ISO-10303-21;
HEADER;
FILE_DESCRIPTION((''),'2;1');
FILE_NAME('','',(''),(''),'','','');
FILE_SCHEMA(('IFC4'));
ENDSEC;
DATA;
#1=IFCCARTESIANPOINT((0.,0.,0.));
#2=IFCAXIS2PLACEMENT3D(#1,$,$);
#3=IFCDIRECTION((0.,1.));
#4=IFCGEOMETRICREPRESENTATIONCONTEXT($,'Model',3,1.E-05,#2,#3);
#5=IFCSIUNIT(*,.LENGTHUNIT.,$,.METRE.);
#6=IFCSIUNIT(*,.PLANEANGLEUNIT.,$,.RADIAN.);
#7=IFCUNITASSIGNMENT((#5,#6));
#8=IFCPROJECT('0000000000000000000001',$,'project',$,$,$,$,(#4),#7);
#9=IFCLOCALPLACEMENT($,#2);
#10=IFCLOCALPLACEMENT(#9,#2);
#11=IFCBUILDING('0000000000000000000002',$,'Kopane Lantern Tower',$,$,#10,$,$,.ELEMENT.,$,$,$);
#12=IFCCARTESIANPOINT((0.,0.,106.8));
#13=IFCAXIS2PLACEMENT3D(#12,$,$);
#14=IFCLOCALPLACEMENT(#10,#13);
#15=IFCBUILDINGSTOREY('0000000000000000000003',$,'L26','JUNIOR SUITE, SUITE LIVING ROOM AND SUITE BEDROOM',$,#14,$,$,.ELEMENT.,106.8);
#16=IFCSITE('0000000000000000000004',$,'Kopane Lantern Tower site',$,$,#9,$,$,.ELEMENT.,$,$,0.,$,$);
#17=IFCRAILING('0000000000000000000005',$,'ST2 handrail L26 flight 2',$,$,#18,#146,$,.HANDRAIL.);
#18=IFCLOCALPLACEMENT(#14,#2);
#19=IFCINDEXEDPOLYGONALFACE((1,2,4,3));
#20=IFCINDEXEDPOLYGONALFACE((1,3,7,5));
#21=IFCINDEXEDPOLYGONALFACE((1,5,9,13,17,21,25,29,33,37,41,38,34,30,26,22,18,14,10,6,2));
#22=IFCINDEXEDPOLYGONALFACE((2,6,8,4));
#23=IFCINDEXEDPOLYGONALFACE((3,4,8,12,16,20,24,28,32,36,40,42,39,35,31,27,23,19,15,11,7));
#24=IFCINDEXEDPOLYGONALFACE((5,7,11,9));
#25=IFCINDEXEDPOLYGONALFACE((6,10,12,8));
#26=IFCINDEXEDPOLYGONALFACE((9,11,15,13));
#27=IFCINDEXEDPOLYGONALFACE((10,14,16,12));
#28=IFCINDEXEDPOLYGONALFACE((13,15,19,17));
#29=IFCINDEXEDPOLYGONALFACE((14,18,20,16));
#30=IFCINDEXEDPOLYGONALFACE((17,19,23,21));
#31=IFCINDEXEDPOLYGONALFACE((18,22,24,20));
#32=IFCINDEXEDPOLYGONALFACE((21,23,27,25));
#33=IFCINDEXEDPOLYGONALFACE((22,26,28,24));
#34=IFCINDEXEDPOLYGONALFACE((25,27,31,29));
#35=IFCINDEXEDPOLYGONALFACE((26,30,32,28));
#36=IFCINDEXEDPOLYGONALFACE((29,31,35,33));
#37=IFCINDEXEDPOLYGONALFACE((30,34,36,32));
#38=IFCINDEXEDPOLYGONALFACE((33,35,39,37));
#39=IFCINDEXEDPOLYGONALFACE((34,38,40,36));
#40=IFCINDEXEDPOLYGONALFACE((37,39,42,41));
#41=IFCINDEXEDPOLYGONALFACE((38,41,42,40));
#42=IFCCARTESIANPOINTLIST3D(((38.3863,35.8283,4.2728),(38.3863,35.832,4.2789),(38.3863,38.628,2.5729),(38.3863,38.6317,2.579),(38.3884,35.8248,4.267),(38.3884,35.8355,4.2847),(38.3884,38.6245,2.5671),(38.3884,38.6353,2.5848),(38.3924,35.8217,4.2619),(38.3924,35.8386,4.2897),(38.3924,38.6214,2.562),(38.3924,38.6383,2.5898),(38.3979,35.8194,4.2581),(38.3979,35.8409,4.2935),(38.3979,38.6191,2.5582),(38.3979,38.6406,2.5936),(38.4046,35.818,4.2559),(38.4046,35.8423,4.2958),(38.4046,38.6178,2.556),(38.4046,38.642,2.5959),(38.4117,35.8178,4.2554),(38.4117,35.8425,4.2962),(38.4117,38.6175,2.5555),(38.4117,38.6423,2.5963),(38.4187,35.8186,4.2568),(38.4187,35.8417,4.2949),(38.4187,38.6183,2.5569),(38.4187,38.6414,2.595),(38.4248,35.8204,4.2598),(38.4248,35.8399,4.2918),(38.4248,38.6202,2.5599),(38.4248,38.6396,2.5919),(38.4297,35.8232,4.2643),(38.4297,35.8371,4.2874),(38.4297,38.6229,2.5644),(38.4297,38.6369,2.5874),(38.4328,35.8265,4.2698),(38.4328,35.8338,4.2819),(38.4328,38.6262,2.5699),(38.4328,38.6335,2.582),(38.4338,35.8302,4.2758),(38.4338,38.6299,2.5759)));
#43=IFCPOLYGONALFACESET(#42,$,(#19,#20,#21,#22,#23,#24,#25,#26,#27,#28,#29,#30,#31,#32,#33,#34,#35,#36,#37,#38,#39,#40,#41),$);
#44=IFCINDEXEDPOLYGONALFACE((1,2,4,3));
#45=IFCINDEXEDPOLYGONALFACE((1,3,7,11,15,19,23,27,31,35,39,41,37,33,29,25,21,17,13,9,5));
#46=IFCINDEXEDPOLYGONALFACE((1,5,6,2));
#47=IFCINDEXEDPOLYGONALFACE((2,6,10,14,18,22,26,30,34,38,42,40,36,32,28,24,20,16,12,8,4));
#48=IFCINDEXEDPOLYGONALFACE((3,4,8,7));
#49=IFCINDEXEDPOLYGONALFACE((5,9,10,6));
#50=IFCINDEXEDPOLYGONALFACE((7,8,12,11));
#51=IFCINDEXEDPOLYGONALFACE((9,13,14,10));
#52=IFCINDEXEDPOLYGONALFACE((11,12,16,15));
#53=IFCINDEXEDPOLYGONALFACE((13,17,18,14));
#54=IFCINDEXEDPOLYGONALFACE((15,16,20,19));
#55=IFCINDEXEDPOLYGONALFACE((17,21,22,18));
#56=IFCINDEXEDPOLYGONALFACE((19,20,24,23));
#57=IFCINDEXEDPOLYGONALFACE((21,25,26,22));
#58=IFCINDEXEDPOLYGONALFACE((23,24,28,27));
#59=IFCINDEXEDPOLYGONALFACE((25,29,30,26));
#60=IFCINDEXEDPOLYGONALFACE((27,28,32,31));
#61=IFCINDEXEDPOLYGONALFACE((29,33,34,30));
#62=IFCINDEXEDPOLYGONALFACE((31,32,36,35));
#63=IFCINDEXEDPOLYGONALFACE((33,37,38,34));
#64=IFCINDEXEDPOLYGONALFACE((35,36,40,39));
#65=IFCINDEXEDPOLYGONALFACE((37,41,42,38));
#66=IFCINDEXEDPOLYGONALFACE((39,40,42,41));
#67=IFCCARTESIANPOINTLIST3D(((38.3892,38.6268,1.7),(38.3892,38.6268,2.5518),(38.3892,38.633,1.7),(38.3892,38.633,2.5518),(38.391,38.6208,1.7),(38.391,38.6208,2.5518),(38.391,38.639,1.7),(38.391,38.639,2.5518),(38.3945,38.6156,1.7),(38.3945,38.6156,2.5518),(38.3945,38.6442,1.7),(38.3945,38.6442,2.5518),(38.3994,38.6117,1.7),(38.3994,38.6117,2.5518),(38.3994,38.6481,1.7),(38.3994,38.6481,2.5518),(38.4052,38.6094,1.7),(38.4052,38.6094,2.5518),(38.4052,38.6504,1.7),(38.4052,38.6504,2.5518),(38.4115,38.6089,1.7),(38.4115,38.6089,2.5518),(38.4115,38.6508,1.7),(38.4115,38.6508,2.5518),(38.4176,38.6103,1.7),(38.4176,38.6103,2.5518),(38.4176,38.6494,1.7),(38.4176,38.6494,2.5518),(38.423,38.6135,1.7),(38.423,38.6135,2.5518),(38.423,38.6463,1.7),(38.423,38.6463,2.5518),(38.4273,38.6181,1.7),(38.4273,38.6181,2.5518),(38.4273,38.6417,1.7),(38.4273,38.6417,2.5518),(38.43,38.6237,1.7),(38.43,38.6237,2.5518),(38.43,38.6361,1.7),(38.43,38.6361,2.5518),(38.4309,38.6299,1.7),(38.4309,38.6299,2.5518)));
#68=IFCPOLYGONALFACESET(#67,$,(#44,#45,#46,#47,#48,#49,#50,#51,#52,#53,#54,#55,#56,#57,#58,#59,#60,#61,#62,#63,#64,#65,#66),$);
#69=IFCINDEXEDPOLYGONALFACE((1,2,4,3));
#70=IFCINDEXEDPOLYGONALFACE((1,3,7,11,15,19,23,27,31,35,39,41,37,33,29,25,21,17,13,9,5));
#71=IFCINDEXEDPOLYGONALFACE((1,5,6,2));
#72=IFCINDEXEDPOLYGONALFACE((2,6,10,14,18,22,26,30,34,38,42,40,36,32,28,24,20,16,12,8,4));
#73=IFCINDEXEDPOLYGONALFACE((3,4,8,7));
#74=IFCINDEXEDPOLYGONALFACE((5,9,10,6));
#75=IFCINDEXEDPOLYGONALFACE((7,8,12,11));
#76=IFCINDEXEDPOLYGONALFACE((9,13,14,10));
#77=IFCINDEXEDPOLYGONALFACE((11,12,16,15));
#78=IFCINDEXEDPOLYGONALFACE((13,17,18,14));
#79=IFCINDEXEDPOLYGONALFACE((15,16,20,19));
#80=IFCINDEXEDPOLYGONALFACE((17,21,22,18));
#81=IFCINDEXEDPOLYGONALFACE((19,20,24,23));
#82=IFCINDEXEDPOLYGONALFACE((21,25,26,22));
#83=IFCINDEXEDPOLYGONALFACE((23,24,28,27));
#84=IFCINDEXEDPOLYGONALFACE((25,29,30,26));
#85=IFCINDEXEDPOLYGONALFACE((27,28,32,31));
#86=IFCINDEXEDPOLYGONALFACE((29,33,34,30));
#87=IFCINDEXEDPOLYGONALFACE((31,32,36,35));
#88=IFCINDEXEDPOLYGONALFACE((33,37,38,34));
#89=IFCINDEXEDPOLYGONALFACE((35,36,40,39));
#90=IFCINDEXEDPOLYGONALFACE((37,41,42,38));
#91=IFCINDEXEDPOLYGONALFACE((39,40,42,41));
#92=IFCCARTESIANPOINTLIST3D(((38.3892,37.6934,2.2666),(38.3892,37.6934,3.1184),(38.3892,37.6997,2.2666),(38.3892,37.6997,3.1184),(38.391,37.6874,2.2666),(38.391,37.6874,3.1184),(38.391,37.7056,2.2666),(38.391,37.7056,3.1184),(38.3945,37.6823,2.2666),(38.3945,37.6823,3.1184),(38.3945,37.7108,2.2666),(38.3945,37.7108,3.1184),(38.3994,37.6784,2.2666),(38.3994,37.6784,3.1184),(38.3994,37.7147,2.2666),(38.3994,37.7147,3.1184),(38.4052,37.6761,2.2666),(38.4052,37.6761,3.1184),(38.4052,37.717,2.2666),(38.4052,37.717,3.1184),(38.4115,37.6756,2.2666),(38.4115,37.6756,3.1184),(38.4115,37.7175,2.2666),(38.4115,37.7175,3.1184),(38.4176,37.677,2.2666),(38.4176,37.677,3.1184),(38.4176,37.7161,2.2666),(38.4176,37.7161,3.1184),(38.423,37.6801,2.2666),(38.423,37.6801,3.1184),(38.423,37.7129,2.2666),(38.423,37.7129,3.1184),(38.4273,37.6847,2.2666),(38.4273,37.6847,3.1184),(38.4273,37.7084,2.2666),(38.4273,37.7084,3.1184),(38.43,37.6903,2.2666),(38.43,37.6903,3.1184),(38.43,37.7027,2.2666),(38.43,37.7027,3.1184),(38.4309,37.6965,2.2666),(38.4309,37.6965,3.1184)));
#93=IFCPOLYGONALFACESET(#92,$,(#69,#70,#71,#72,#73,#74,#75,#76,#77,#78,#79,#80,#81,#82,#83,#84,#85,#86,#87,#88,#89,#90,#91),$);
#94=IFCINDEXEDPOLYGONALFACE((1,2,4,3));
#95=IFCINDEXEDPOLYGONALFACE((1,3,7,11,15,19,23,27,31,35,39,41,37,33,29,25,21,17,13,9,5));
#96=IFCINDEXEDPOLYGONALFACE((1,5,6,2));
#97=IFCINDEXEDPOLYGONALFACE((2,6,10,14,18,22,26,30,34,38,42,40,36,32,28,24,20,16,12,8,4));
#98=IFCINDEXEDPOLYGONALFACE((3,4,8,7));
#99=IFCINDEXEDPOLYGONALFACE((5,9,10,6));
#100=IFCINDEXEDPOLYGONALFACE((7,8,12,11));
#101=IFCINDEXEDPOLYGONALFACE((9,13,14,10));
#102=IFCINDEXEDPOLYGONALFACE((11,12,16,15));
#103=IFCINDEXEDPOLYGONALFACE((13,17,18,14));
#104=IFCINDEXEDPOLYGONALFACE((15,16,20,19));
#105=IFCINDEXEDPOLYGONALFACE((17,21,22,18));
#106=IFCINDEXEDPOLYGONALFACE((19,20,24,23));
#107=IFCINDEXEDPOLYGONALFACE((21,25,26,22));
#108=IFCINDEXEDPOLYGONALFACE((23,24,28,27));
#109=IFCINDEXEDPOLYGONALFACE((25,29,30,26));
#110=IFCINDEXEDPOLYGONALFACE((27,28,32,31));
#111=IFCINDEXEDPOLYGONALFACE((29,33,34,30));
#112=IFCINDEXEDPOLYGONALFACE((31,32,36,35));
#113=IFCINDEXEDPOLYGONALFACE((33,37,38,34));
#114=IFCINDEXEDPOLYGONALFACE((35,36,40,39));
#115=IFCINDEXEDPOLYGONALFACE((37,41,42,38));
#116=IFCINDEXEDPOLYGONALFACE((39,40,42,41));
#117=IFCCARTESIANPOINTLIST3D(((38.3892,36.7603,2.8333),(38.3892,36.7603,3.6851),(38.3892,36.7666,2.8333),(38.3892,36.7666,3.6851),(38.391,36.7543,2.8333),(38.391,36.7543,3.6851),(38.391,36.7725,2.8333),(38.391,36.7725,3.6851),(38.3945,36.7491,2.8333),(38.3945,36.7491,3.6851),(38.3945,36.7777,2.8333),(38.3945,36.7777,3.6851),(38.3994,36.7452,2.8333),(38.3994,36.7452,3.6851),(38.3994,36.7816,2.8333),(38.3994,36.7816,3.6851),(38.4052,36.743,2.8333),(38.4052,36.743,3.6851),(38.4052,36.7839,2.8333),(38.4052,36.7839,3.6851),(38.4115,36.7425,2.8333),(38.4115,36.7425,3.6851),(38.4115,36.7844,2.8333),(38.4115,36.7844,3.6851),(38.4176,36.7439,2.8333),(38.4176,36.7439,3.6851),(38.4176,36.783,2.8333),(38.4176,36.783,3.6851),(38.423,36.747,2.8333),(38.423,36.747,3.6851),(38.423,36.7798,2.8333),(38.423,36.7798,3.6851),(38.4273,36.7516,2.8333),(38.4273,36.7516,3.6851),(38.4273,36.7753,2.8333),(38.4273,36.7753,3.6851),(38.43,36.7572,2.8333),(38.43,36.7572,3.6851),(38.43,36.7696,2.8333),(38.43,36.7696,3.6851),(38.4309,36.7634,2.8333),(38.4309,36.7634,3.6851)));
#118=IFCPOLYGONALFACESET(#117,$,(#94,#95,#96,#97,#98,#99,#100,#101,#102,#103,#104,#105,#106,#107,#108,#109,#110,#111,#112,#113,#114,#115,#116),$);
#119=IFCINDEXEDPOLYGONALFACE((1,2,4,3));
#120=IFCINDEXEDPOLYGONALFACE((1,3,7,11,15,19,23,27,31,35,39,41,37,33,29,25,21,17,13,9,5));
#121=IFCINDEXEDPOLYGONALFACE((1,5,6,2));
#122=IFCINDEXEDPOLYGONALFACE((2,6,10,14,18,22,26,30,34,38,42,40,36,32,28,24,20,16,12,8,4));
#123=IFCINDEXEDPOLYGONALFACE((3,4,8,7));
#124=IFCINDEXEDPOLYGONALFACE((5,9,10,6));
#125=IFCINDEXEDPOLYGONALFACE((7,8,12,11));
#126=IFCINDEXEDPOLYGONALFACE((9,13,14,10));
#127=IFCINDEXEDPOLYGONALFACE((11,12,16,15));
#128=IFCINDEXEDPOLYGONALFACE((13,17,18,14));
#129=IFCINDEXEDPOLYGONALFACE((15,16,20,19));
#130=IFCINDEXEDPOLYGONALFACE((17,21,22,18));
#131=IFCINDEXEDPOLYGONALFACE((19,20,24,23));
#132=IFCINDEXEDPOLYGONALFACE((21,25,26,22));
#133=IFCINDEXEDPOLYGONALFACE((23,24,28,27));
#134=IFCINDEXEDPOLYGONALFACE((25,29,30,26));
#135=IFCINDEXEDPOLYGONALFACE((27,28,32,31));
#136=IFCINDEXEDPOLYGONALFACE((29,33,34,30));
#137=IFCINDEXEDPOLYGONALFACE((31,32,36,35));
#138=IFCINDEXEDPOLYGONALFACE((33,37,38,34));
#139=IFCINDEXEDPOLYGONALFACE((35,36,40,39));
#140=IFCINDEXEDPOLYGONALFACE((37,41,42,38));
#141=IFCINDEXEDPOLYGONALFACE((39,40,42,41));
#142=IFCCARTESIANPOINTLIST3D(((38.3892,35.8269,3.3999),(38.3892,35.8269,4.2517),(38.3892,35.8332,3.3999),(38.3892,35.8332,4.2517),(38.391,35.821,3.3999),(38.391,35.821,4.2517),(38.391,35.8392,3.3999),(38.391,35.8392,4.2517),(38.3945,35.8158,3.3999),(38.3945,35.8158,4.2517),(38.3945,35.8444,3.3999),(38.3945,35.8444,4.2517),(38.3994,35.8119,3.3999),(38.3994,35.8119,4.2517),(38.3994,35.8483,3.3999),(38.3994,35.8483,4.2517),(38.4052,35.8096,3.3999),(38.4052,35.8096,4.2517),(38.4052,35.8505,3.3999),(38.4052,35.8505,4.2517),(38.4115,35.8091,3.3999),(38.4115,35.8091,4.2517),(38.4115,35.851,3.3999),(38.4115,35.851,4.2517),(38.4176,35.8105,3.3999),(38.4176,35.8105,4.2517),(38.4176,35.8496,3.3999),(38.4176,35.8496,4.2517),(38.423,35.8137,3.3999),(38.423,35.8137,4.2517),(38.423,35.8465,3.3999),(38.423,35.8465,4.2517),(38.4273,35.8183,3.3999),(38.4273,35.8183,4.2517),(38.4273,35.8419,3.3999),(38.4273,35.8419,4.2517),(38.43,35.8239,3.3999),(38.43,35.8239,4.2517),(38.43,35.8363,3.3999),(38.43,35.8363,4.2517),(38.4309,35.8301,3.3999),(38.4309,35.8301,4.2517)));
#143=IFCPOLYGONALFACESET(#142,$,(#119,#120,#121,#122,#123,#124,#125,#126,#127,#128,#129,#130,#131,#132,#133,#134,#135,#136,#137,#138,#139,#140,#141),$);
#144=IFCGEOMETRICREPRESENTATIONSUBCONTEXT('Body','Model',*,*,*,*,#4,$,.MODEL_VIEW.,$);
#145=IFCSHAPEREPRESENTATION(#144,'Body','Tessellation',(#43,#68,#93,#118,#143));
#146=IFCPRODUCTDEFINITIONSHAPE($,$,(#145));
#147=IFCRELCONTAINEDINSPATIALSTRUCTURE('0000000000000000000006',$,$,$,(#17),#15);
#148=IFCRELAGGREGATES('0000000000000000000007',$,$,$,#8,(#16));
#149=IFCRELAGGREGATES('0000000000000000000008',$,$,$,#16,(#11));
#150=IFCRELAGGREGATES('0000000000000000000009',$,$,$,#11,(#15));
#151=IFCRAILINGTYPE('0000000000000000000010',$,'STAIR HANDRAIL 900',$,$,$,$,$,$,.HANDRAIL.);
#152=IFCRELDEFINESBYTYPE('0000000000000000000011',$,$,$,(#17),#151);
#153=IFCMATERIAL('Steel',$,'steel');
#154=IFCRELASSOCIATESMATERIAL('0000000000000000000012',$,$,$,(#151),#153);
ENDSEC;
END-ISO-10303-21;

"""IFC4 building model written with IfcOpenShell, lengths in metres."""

from ifc_helpers import new_model, si_unit, direction, frame, origin, origin_2d, place, context, subcontext, project, spatial, circle, extrude, material, type_object, element, save


model = new_model("IFC4")

# Units and contexts
model_context = context("Model", 3, precision=1e-05, world=origin(), true_north=direction((0.0, 1.0)))
body_context = subcontext(model_context, "Body", "Model", "MODEL_VIEW")
ifc_project = project(units=[si_unit("LENGTHUNIT", "METRE"), si_unit("PLANEANGLEUNIT", "RADIAN")], contexts=[model_context])

# Site, building, storey
site_placement = place(None, origin())
site = spatial("IfcSite", under=ifc_project, at=site_placement, Name="Kopane Lantern Tower site", CompositionType="ELEMENT", RefElevation=0.0)
building_placement = place(site_placement, origin())
building = spatial("IfcBuilding", under=site, at=building_placement, Name="Kopane Lantern Tower", CompositionType="ELEMENT")
storey_placement = place(building_placement, frame((0.0, 0.0, 106.8)))
storey = spatial("IfcBuildingStorey", under=building, at=storey_placement, Name="L26", Description="JUNIOR SUITE, SUITE LIVING ROOM AND SUITE BEDROOM", CompositionType="ELEMENT", Elevation=106.8)

# Railing
ifc_material_1 = material(Name="Steel", Category="steel")
railing_type_1 = type_object("IfcRailingType", Name="STAIR HANDRAIL 900", PredefinedType="HANDRAIL", material=ifc_material_1)
for number, where, name in (
    (1, (38.4099, 38.6299, 1.7), "ST2 handrail L26 flight 2"),
):
    element("IfcRailing", number, at=place(storey_placement, frame(where)), inside=storey, type_object=railing_type_1, Name=name, PredefinedType="HANDRAIL", context=body_context, shape_type="SweptSolid", body=[
        extrude(circle(Radius=0.0239, at=origin_2d()), frame((0.0, 0.0, 0.876), z_axis=(0.0, -0.854778, 0.518994), x_axis=(1.0, 0.0, 0.0)), (0.0, 0.0, 1.0), 3.2754),
        extrude(circle(Radius=0.021, at=origin_2d()), origin(), (0.0, 0.0, 1.0), 0.8518),
        extrude(circle(Radius=0.021, at=origin_2d()), frame((0.0, -0.9333, 0.5667)), (0.0, 0.0, 1.0), 0.8518),
        extrude(circle(Radius=0.021, at=origin_2d()), frame((0.0, -1.8665, 1.1333)), (0.0, 0.0, 1.0), 0.8518),
        extrude(circle(Radius=0.021, at=origin_2d()), frame((0.0, -2.7998, 1.7)), (0.0, 0.0, 1.0), 0.8518),
    ])

save(model, "model.ifc")
